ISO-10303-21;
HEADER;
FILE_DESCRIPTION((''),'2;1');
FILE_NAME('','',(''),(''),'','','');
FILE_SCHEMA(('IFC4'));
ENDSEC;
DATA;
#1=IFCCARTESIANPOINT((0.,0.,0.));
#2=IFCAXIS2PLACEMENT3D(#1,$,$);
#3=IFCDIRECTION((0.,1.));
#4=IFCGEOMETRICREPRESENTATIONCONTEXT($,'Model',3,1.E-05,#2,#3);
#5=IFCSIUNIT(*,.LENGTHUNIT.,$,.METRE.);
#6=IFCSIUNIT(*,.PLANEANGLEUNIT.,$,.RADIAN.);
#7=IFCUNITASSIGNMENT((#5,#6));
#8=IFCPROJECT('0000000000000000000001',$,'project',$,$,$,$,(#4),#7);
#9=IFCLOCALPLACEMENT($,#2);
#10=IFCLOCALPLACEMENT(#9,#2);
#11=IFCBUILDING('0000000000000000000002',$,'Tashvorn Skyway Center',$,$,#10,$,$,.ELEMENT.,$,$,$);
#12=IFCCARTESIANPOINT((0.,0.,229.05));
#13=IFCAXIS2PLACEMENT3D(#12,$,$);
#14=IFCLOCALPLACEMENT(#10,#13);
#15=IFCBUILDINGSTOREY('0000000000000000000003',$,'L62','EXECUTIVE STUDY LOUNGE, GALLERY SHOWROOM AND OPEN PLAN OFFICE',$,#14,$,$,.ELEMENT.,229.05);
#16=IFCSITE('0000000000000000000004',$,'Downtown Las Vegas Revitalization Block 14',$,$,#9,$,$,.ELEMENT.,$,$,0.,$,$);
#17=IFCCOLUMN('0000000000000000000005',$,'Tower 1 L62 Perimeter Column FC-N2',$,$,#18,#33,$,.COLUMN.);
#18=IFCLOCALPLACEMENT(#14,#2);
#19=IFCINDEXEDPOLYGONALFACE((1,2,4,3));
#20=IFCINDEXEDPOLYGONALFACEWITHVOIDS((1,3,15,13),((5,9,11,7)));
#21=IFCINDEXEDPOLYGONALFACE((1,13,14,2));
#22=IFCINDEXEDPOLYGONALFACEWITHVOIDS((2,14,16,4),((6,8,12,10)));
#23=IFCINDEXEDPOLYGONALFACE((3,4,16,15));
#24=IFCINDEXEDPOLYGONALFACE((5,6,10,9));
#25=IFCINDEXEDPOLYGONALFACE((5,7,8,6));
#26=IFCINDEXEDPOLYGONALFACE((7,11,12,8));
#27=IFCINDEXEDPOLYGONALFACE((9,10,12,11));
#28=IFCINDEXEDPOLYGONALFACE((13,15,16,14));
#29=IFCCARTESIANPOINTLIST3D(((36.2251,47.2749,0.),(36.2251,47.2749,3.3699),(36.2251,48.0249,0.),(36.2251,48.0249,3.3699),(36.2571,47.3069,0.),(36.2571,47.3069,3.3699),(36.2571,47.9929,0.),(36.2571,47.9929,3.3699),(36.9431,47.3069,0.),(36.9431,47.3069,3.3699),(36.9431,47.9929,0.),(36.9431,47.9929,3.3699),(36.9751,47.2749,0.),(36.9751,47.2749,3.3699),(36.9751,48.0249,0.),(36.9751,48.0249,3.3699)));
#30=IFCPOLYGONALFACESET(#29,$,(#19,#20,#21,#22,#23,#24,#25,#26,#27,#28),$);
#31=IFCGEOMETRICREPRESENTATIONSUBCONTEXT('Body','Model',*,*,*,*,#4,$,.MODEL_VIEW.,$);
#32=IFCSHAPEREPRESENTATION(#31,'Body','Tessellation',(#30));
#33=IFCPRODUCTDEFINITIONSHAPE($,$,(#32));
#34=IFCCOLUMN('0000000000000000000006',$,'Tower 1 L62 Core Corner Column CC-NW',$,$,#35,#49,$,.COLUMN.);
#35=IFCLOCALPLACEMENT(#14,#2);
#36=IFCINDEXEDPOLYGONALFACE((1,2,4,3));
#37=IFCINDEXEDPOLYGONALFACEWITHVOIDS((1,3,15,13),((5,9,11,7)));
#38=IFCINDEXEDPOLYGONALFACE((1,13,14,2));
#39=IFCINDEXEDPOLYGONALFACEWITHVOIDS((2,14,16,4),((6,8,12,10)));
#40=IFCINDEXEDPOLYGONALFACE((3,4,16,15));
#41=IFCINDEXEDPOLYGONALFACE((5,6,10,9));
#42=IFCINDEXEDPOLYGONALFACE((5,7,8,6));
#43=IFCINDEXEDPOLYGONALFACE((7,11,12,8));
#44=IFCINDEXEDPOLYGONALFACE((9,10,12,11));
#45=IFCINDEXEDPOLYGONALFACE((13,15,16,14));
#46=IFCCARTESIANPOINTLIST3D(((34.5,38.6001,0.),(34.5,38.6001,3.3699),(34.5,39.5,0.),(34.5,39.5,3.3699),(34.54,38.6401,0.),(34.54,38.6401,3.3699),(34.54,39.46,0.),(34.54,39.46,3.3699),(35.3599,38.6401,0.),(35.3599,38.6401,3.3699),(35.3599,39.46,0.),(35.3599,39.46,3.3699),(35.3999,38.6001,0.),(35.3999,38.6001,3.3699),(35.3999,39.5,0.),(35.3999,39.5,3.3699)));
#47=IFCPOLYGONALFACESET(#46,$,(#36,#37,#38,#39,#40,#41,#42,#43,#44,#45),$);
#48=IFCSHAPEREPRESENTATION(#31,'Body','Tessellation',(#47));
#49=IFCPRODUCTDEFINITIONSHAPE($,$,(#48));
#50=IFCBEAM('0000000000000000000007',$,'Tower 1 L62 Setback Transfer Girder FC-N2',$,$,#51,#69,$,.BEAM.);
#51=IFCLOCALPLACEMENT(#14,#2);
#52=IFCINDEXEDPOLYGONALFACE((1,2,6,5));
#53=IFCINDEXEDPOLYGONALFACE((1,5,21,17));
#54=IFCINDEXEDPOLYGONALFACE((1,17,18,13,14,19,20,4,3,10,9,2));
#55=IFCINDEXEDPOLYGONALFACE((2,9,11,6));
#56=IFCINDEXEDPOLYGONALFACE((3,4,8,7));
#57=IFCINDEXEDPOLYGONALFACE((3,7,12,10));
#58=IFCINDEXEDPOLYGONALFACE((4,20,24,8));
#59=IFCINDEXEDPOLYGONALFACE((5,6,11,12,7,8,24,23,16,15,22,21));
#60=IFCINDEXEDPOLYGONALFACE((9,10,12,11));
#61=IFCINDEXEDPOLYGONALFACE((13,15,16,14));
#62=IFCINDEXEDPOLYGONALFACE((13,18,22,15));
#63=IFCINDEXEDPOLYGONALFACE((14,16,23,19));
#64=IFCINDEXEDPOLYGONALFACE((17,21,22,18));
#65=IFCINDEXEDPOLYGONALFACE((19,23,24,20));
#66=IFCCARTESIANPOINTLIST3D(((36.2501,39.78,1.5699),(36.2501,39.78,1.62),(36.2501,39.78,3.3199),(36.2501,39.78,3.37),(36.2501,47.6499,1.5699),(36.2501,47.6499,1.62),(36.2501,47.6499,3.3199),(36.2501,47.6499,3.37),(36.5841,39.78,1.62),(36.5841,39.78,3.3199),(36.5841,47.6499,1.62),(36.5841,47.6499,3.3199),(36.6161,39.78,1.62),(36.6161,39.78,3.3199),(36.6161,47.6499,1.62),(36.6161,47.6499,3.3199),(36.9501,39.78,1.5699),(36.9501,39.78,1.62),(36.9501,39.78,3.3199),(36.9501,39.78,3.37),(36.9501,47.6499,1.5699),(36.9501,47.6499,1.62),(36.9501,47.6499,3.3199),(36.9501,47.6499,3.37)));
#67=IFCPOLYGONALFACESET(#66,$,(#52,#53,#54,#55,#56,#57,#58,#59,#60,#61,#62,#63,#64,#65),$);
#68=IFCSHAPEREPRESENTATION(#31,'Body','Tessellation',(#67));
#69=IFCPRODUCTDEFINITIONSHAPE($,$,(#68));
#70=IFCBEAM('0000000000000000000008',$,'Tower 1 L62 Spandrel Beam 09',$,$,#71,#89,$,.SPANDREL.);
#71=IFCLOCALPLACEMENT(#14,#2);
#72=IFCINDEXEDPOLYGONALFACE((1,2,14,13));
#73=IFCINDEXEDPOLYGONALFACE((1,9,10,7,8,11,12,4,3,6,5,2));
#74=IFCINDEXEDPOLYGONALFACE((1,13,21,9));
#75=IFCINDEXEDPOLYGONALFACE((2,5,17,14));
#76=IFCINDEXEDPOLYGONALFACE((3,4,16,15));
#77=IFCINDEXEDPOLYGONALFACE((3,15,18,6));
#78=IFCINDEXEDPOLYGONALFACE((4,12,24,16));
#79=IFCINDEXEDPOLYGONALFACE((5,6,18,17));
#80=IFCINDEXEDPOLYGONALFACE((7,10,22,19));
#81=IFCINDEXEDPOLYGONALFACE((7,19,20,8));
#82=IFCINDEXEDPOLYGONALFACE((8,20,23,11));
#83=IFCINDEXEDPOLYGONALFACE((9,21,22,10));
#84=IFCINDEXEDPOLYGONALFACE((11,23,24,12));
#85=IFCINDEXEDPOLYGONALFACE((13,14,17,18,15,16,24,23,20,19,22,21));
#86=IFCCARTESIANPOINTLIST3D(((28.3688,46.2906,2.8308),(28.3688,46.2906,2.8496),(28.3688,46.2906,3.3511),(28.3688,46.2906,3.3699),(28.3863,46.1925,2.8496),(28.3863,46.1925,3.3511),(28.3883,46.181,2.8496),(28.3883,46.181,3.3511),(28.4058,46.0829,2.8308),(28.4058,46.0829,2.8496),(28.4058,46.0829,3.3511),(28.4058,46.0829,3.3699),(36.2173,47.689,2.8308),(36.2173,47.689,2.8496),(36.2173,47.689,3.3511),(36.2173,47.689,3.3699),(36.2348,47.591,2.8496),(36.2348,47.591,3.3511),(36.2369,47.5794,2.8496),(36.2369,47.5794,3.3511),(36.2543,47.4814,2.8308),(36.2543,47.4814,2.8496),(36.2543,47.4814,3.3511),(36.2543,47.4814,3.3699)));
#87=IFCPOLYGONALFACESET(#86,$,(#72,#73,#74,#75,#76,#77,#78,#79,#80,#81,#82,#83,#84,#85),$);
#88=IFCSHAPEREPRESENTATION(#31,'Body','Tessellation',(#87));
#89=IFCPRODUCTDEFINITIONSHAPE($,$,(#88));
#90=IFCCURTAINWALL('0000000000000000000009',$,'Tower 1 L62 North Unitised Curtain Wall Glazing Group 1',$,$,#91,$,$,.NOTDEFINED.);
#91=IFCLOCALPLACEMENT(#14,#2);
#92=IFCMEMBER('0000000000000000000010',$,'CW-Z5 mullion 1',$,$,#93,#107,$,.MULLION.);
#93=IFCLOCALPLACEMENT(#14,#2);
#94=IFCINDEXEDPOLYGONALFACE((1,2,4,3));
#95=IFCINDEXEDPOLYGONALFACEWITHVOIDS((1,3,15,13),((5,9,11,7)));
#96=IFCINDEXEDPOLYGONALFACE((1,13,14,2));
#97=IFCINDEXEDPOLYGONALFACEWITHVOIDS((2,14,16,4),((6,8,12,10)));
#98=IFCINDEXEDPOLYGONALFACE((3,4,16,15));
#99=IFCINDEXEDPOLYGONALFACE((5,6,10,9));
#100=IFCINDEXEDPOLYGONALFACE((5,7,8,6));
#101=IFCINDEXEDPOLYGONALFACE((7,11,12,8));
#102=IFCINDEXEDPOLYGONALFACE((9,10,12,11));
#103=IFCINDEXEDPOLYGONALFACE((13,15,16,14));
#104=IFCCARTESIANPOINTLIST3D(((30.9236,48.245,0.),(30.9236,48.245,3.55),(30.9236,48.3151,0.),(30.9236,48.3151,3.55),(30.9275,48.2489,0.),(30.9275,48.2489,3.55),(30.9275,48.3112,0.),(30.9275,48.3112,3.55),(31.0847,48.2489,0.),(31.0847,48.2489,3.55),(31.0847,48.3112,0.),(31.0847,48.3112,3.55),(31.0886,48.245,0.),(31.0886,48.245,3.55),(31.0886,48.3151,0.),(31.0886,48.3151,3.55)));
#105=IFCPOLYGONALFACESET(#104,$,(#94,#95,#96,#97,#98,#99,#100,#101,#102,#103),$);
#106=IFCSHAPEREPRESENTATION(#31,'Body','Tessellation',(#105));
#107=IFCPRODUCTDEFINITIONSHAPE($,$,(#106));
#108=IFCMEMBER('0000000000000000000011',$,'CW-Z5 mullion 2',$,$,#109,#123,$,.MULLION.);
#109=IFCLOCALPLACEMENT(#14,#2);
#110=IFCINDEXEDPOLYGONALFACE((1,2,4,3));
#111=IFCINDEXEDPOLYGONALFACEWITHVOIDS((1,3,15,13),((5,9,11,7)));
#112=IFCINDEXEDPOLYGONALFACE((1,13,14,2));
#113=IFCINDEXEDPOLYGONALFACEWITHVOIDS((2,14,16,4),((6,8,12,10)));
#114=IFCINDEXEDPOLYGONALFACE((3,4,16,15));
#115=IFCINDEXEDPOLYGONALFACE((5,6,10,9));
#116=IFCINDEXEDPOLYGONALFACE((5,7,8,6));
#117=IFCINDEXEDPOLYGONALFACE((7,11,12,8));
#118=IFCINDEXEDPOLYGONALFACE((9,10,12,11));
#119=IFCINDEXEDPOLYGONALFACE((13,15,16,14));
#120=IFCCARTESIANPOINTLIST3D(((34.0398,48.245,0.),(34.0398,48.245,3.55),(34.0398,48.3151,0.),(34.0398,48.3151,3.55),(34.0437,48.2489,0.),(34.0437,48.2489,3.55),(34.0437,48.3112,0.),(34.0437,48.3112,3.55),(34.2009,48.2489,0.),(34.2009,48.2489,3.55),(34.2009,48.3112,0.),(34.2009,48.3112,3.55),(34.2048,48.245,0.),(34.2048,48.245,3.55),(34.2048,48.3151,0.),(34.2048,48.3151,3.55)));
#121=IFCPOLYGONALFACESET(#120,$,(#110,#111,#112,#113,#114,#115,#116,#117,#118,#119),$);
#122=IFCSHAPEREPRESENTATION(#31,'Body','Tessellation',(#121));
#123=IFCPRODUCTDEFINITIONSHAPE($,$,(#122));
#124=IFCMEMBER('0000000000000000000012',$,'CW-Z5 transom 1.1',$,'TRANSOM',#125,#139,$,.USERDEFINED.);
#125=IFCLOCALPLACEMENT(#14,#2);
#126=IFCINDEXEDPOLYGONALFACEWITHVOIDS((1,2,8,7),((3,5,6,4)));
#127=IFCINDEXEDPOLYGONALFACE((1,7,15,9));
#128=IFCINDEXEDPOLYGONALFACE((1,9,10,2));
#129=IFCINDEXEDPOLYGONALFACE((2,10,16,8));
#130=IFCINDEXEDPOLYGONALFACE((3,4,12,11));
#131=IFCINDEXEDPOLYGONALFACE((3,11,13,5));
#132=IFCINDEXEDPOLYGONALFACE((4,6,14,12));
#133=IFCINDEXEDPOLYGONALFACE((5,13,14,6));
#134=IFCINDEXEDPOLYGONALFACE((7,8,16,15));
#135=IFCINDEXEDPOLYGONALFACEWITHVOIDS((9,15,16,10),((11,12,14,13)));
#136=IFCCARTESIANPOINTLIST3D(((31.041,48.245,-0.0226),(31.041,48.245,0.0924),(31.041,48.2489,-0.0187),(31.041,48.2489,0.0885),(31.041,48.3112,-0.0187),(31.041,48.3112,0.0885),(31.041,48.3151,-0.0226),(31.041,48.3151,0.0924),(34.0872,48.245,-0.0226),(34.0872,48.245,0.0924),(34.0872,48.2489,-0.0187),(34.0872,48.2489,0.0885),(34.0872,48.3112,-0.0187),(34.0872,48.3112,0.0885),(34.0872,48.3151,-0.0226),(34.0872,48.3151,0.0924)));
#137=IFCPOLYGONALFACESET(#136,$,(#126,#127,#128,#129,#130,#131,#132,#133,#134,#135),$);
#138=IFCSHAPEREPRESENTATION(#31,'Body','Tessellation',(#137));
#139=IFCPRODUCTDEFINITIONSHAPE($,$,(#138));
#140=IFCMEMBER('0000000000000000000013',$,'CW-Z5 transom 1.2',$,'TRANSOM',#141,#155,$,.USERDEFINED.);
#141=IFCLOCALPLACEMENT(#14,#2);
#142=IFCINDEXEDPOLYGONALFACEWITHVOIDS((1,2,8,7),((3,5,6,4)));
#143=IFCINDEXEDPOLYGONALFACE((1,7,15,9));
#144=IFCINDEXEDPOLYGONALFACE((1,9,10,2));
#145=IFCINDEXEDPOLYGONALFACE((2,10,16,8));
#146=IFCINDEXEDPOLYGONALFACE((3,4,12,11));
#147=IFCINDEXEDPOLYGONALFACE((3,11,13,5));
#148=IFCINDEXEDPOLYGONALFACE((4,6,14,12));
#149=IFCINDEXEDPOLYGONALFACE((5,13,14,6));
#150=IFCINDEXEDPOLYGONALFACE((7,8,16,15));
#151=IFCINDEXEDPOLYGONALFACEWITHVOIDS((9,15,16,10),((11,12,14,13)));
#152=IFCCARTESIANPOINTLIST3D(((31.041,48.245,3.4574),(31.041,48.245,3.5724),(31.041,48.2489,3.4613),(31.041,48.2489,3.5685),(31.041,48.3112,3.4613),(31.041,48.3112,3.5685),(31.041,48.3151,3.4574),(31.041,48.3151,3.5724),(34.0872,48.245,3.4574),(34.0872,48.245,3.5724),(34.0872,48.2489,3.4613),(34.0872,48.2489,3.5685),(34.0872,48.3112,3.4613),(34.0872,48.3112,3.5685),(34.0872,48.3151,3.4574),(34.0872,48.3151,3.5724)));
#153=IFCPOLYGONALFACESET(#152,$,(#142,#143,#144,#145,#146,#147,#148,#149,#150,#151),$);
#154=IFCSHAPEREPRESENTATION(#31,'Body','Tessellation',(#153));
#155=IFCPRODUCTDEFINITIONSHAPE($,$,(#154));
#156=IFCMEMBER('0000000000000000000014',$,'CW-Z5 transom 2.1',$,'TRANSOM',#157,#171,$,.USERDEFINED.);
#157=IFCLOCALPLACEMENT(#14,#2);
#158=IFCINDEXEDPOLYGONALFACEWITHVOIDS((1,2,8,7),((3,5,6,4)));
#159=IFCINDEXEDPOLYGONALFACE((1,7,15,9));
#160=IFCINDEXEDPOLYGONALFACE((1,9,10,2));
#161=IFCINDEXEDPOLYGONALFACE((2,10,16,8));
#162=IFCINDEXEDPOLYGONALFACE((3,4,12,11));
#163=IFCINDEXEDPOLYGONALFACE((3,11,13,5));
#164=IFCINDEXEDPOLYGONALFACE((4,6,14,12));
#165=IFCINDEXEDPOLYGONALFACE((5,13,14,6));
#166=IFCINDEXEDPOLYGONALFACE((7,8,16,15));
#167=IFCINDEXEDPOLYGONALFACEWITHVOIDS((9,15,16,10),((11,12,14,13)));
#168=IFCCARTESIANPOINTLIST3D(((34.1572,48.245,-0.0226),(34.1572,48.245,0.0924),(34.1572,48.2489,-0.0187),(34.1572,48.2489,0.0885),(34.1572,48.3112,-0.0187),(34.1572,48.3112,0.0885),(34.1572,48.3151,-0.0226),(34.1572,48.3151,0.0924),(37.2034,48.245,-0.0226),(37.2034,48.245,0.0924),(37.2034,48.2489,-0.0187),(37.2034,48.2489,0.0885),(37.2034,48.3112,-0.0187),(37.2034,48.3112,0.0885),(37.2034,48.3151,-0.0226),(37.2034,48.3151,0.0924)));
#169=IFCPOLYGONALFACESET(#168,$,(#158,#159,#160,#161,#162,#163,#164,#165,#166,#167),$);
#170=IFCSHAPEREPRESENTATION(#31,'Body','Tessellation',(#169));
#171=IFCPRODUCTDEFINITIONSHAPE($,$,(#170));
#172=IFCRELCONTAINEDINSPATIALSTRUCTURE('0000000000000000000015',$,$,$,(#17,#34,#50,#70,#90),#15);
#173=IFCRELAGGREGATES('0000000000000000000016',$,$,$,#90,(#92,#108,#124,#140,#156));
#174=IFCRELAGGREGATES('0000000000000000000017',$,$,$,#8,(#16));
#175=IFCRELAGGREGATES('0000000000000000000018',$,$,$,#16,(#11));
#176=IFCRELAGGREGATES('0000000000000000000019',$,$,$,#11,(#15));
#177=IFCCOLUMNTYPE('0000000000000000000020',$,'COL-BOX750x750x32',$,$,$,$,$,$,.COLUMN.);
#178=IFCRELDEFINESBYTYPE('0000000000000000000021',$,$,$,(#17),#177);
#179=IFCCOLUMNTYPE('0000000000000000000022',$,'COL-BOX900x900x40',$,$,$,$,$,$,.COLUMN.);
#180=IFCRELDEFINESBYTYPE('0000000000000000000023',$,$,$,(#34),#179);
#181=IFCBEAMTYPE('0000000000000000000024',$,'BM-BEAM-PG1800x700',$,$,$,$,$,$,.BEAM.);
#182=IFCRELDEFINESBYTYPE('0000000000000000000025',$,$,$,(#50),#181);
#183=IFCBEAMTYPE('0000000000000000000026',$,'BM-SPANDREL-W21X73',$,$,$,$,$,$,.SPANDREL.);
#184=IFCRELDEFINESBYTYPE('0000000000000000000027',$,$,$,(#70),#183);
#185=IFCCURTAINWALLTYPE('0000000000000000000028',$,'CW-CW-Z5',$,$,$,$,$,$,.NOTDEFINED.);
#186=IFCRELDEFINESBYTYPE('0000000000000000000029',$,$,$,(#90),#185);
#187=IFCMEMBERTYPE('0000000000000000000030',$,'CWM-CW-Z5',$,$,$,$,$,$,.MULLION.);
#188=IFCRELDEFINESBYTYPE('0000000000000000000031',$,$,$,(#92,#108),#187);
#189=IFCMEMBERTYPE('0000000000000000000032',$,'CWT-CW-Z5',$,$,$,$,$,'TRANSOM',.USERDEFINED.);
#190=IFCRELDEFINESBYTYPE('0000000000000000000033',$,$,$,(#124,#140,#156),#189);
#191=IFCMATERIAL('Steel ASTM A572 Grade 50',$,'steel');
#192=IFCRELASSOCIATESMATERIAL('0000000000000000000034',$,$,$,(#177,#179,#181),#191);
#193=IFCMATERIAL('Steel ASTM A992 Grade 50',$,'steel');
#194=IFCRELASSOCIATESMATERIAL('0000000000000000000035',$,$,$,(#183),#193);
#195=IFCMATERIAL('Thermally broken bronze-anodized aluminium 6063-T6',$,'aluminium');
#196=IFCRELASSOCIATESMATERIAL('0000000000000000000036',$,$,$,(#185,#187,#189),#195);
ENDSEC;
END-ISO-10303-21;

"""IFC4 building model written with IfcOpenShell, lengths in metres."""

from ifc_helpers import new_model, si_unit, direction, frame, origin, origin_2d, place, context, subcontext, project, spatial, hollow_rectangle, i_section, extrude, material, material_profile, profile_set, type_object, element, aggregate, save


model = new_model("IFC4")

# Units and contexts
model_context = context("Model", 3, precision=1e-05, world=origin(), true_north=direction((0.0, 1.0)))
body_context = subcontext(model_context, "Body", "Model", "MODEL_VIEW")
ifc_project = project(units=[si_unit("LENGTHUNIT", "METRE"), si_unit("PLANEANGLEUNIT", "RADIAN")], contexts=[model_context])

# Site, building, storey
site_placement = place(None, origin())
site = spatial("IfcSite", under=ifc_project, at=site_placement, Name="Downtown Las Vegas Revitalization Block 14", CompositionType="ELEMENT", RefElevation=0.0)
building_placement = place(site_placement, origin())
building = spatial("IfcBuilding", under=site, at=building_placement, Name="Tashvorn Skyway Center", CompositionType="ELEMENT")
storey_placement = place(building_placement, frame((0.0, 0.0, 229.05)))
storey = spatial("IfcBuildingStorey", under=building, at=storey_placement, Name="L62", Description="EXECUTIVE STUDY LOUNGE, GALLERY SHOWROOM AND OPEN PLAN OFFICE", CompositionType="ELEMENT", Elevation=229.05)

# Columns
ifc_material_1 = material(Name="Steel ASTM A572 Grade 50", Category="steel")
ifc_material_profile_1 = material_profile(ifc_material_1, hollow_rectangle(XDim=0.75, YDim=0.75, WallThickness=0.032, at=origin_2d()), Name="BOX750x750x32")
ifc_profile_set_1 = profile_set([ifc_material_profile_1], Name="Steel ASTM A572 Grade 50")
column_type_1 = type_object("IfcColumnType", Name="COL-BOX750x750x32", PredefinedType="COLUMN", material=ifc_profile_set_1)
column_1_placement = place(storey_placement, frame((36.6001, 47.6499, 0.0), z_axis=(0.0, 0.0, 1.0), x_axis=(1.0, 0.0, 0.0)))
element("IfcColumn", 1, at=column_1_placement, inside=storey, type_object=column_type_1, Name="Tower 1 L62 Perimeter Column FC-N2", PredefinedType="COLUMN", context=body_context, shape_type="SweptSolid", body=[
    extrude(hollow_rectangle(XDim=0.75, YDim=0.75, WallThickness=0.032, at=origin_2d()), origin(), (0.0, 0.0, 1.0), 3.3699),
])
ifc_material_profile_2 = material_profile(ifc_material_1, hollow_rectangle(XDim=0.8999, YDim=0.8999, WallThickness=0.04, at=origin_2d()), Name="BOX900x900x40")
ifc_profile_set_2 = profile_set([ifc_material_profile_2], Name="Steel ASTM A572 Grade 50")
column_type_2 = type_object("IfcColumnType", Name="COL-BOX900x900x40", PredefinedType="COLUMN", material=ifc_profile_set_2)
column_2_placement = place(storey_placement, frame((34.95, 39.05, 0.0), z_axis=(0.0, 0.0, 1.0), x_axis=(1.0, 0.0, 0.0)))
element("IfcColumn", 2, at=column_2_placement, inside=storey, type_object=column_type_2, Name="Tower 1 L62 Core Corner Column CC-NW", PredefinedType="COLUMN", context=body_context, shape_type="SweptSolid", body=[
    extrude(hollow_rectangle(XDim=0.8999, YDim=0.8999, WallThickness=0.04, at=origin_2d()), origin(), (0.0, 0.0, 1.0), 3.3699),
])

# Beams
ifc_material_profile_3 = material_profile(ifc_material_1, i_section(OverallWidth=0.7, OverallDepth=1.8, WebThickness=0.032, FlangeThickness=0.05, at=origin_2d()), Name="PG1800x700")
ifc_profile_set_3 = profile_set([ifc_material_profile_3], Name="Steel ASTM A572 Grade 50")
beam_type_1 = type_object("IfcBeamType", Name="BM-BEAM-PG1800x700", PredefinedType="BEAM", material=ifc_profile_set_3)
beam_1_placement = place(storey_placement, frame((36.6001, 47.6499, 2.47), z_axis=(0.0, -1.0, 0.0), x_axis=(1.0, 0.0, 0.0)))
element("IfcBeam", 3, at=beam_1_placement, inside=storey, type_object=beam_type_1, Name="Tower 1 L62 Setback Transfer Girder FC-N2", PredefinedType="BEAM", context=body_context, shape_type="SweptSolid", body=[
    extrude(i_section(OverallWidth=0.7, OverallDepth=1.8, WebThickness=0.032, FlangeThickness=0.05, at=origin_2d()), origin(), (0.0, 0.0, 1.0), 7.8699),
])
ifc_material_2 = material(Name="Steel ASTM A992 Grade 50", Category="steel")
ifc_material_profile_4 = material_profile(ifc_material_2, i_section(OverallWidth=0.2109, OverallDepth=0.5391, WebThickness=0.0117, FlangeThickness=0.0188, at=origin_2d()), Name="W21X73")
ifc_profile_set_4 = profile_set([ifc_material_profile_4], Name="Steel ASTM A992 Grade 50")
beam_type_2 = type_object("IfcBeamType", Name="BM-SPANDREL-W21X73", PredefinedType="SPANDREL", material=ifc_profile_set_4)
beam_2_placement = place(storey_placement, frame((36.2358, 47.5852, 3.1003), z_axis=(-0.984495, -0.175413, 0.0), x_axis=(0.175413, -0.984495, 0.0)))
element("IfcBeam", 4, at=beam_2_placement, inside=storey, type_object=beam_type_2, Name="Tower 1 L62 Spandrel Beam 09", PredefinedType="SPANDREL", context=body_context, shape_type="SweptSolid", body=[
    extrude(i_section(OverallWidth=0.2109, OverallDepth=0.5391, WebThickness=0.0117, FlangeThickness=0.0188, at=origin_2d()), origin(), (0.0, 0.0, 1.0), 7.9722),
])

# Curtain wall, members
ifc_material_3 = material(Name="Thermally broken bronze-anodized aluminium 6063-T6", Category="aluminium")
curtain_wall_type = type_object("IfcCurtainWallType", Name="CW-CW-Z5", PredefinedType="NOTDEFINED", material=ifc_material_3)
curtain_wall_placement = place(storey_placement, origin())
curtain_wall = element("IfcCurtainWall", 5, at=curtain_wall_placement, inside=storey, type_object=curtain_wall_type, Name="Tower 1 L62 North Unitised Curtain Wall Glazing Group 1", PredefinedType="NOTDEFINED")
ifc_material_profile_5 = material_profile(ifc_material_3, hollow_rectangle(XDim=0.0701, YDim=0.165, WallThickness=0.0039, at=origin_2d()), Name="ALU-MULL-70x165")
ifc_profile_set_5 = profile_set([ifc_material_profile_5], Name="Thermally broken bronze-anodized aluminium 6063-T6")
member_type_1 = type_object("IfcMemberType", Name="CWM-CW-Z5", PredefinedType="MULLION", material=ifc_profile_set_5)
member_1_placement = place(storey_placement, frame((31.0061, 48.28, 0.0), z_axis=(0.0, 0.0, 1.0), x_axis=(0.0, 1.0, 0.0)))
member_1 = element("IfcMember", 6, at=member_1_placement, type_object=member_type_1, Name="CW-Z5 mullion 1", PredefinedType="MULLION", context=body_context, shape_type="SweptSolid", body=[
    extrude(hollow_rectangle(XDim=0.0701, YDim=0.165, WallThickness=0.0039, at=origin_2d()), origin(), (0.0, 0.0, 1.0), 3.55),
])
member_2_placement = place(storey_placement, frame((34.1223, 48.28, 0.0), z_axis=(0.0, 0.0, 1.0), x_axis=(0.0, 1.0, 0.0)))
member_2 = element("IfcMember", 7, at=member_2_placement, type_object=member_type_1, Name="CW-Z5 mullion 2", PredefinedType="MULLION", context=body_context, shape_type="SweptSolid", body=[
    extrude(hollow_rectangle(XDim=0.0701, YDim=0.165, WallThickness=0.0039, at=origin_2d()), origin(), (0.0, 0.0, 1.0), 3.55),
])
ifc_material_profile_6 = material_profile(ifc_material_3, hollow_rectangle(XDim=0.0701, YDim=0.115, WallThickness=0.0039, at=origin_2d()), Name="ALU-TRAN-70x115")
ifc_profile_set_6 = profile_set([ifc_material_profile_6], Name="Thermally broken bronze-anodized aluminium 6063-T6")
member_type_2 = type_object("IfcMemberType", Name="CWT-CW-Z5", ElementType="TRANSOM", PredefinedType="USERDEFINED", material=ifc_profile_set_6)
member_3_placement = place(storey_placement, frame((31.041, 48.28, 0.0349), z_axis=(1.0, 0.0, 0.0), x_axis=(0.0, 1.0, 0.0)))
member_3 = element("IfcMember", 8, at=member_3_placement, type_object=member_type_2, Name="CW-Z5 transom 1.1", ObjectType="TRANSOM", PredefinedType="USERDEFINED", context=body_context, shape_type="SweptSolid", body=[
    extrude(hollow_rectangle(XDim=0.0701, YDim=0.115, WallThickness=0.0039, at=origin_2d()), origin(), (0.0, 0.0, 1.0), 3.0461),
])
member_4_placement = place(storey_placement, frame((31.041, 48.28, 3.5149), z_axis=(1.0, 0.0, 0.0), x_axis=(0.0, 1.0, 0.0)))
member_4 = element("IfcMember", 9, at=member_4_placement, type_object=member_type_2, Name="CW-Z5 transom 1.2", ObjectType="TRANSOM", PredefinedType="USERDEFINED", context=body_context, shape_type="SweptSolid", body=[
    extrude(hollow_rectangle(XDim=0.0701, YDim=0.115, WallThickness=0.0039, at=origin_2d()), origin(), (0.0, 0.0, 1.0), 3.0461),
])
member_5_placement = place(storey_placement, frame((34.1572, 48.28, 0.0349), z_axis=(1.0, 0.0, 0.0), x_axis=(0.0, 1.0, 0.0)))
member_5 = element("IfcMember", 10, at=member_5_placement, type_object=member_type_2, Name="CW-Z5 transom 2.1", ObjectType="TRANSOM", PredefinedType="USERDEFINED", context=body_context, shape_type="SweptSolid", body=[
    extrude(hollow_rectangle(XDim=0.0701, YDim=0.115, WallThickness=0.0039, at=origin_2d()), origin(), (0.0, 0.0, 1.0), 3.0461),
])
aggregate(curtain_wall, [member_1, member_2, member_3, member_4, member_5])

save(model, "model.ifc")
